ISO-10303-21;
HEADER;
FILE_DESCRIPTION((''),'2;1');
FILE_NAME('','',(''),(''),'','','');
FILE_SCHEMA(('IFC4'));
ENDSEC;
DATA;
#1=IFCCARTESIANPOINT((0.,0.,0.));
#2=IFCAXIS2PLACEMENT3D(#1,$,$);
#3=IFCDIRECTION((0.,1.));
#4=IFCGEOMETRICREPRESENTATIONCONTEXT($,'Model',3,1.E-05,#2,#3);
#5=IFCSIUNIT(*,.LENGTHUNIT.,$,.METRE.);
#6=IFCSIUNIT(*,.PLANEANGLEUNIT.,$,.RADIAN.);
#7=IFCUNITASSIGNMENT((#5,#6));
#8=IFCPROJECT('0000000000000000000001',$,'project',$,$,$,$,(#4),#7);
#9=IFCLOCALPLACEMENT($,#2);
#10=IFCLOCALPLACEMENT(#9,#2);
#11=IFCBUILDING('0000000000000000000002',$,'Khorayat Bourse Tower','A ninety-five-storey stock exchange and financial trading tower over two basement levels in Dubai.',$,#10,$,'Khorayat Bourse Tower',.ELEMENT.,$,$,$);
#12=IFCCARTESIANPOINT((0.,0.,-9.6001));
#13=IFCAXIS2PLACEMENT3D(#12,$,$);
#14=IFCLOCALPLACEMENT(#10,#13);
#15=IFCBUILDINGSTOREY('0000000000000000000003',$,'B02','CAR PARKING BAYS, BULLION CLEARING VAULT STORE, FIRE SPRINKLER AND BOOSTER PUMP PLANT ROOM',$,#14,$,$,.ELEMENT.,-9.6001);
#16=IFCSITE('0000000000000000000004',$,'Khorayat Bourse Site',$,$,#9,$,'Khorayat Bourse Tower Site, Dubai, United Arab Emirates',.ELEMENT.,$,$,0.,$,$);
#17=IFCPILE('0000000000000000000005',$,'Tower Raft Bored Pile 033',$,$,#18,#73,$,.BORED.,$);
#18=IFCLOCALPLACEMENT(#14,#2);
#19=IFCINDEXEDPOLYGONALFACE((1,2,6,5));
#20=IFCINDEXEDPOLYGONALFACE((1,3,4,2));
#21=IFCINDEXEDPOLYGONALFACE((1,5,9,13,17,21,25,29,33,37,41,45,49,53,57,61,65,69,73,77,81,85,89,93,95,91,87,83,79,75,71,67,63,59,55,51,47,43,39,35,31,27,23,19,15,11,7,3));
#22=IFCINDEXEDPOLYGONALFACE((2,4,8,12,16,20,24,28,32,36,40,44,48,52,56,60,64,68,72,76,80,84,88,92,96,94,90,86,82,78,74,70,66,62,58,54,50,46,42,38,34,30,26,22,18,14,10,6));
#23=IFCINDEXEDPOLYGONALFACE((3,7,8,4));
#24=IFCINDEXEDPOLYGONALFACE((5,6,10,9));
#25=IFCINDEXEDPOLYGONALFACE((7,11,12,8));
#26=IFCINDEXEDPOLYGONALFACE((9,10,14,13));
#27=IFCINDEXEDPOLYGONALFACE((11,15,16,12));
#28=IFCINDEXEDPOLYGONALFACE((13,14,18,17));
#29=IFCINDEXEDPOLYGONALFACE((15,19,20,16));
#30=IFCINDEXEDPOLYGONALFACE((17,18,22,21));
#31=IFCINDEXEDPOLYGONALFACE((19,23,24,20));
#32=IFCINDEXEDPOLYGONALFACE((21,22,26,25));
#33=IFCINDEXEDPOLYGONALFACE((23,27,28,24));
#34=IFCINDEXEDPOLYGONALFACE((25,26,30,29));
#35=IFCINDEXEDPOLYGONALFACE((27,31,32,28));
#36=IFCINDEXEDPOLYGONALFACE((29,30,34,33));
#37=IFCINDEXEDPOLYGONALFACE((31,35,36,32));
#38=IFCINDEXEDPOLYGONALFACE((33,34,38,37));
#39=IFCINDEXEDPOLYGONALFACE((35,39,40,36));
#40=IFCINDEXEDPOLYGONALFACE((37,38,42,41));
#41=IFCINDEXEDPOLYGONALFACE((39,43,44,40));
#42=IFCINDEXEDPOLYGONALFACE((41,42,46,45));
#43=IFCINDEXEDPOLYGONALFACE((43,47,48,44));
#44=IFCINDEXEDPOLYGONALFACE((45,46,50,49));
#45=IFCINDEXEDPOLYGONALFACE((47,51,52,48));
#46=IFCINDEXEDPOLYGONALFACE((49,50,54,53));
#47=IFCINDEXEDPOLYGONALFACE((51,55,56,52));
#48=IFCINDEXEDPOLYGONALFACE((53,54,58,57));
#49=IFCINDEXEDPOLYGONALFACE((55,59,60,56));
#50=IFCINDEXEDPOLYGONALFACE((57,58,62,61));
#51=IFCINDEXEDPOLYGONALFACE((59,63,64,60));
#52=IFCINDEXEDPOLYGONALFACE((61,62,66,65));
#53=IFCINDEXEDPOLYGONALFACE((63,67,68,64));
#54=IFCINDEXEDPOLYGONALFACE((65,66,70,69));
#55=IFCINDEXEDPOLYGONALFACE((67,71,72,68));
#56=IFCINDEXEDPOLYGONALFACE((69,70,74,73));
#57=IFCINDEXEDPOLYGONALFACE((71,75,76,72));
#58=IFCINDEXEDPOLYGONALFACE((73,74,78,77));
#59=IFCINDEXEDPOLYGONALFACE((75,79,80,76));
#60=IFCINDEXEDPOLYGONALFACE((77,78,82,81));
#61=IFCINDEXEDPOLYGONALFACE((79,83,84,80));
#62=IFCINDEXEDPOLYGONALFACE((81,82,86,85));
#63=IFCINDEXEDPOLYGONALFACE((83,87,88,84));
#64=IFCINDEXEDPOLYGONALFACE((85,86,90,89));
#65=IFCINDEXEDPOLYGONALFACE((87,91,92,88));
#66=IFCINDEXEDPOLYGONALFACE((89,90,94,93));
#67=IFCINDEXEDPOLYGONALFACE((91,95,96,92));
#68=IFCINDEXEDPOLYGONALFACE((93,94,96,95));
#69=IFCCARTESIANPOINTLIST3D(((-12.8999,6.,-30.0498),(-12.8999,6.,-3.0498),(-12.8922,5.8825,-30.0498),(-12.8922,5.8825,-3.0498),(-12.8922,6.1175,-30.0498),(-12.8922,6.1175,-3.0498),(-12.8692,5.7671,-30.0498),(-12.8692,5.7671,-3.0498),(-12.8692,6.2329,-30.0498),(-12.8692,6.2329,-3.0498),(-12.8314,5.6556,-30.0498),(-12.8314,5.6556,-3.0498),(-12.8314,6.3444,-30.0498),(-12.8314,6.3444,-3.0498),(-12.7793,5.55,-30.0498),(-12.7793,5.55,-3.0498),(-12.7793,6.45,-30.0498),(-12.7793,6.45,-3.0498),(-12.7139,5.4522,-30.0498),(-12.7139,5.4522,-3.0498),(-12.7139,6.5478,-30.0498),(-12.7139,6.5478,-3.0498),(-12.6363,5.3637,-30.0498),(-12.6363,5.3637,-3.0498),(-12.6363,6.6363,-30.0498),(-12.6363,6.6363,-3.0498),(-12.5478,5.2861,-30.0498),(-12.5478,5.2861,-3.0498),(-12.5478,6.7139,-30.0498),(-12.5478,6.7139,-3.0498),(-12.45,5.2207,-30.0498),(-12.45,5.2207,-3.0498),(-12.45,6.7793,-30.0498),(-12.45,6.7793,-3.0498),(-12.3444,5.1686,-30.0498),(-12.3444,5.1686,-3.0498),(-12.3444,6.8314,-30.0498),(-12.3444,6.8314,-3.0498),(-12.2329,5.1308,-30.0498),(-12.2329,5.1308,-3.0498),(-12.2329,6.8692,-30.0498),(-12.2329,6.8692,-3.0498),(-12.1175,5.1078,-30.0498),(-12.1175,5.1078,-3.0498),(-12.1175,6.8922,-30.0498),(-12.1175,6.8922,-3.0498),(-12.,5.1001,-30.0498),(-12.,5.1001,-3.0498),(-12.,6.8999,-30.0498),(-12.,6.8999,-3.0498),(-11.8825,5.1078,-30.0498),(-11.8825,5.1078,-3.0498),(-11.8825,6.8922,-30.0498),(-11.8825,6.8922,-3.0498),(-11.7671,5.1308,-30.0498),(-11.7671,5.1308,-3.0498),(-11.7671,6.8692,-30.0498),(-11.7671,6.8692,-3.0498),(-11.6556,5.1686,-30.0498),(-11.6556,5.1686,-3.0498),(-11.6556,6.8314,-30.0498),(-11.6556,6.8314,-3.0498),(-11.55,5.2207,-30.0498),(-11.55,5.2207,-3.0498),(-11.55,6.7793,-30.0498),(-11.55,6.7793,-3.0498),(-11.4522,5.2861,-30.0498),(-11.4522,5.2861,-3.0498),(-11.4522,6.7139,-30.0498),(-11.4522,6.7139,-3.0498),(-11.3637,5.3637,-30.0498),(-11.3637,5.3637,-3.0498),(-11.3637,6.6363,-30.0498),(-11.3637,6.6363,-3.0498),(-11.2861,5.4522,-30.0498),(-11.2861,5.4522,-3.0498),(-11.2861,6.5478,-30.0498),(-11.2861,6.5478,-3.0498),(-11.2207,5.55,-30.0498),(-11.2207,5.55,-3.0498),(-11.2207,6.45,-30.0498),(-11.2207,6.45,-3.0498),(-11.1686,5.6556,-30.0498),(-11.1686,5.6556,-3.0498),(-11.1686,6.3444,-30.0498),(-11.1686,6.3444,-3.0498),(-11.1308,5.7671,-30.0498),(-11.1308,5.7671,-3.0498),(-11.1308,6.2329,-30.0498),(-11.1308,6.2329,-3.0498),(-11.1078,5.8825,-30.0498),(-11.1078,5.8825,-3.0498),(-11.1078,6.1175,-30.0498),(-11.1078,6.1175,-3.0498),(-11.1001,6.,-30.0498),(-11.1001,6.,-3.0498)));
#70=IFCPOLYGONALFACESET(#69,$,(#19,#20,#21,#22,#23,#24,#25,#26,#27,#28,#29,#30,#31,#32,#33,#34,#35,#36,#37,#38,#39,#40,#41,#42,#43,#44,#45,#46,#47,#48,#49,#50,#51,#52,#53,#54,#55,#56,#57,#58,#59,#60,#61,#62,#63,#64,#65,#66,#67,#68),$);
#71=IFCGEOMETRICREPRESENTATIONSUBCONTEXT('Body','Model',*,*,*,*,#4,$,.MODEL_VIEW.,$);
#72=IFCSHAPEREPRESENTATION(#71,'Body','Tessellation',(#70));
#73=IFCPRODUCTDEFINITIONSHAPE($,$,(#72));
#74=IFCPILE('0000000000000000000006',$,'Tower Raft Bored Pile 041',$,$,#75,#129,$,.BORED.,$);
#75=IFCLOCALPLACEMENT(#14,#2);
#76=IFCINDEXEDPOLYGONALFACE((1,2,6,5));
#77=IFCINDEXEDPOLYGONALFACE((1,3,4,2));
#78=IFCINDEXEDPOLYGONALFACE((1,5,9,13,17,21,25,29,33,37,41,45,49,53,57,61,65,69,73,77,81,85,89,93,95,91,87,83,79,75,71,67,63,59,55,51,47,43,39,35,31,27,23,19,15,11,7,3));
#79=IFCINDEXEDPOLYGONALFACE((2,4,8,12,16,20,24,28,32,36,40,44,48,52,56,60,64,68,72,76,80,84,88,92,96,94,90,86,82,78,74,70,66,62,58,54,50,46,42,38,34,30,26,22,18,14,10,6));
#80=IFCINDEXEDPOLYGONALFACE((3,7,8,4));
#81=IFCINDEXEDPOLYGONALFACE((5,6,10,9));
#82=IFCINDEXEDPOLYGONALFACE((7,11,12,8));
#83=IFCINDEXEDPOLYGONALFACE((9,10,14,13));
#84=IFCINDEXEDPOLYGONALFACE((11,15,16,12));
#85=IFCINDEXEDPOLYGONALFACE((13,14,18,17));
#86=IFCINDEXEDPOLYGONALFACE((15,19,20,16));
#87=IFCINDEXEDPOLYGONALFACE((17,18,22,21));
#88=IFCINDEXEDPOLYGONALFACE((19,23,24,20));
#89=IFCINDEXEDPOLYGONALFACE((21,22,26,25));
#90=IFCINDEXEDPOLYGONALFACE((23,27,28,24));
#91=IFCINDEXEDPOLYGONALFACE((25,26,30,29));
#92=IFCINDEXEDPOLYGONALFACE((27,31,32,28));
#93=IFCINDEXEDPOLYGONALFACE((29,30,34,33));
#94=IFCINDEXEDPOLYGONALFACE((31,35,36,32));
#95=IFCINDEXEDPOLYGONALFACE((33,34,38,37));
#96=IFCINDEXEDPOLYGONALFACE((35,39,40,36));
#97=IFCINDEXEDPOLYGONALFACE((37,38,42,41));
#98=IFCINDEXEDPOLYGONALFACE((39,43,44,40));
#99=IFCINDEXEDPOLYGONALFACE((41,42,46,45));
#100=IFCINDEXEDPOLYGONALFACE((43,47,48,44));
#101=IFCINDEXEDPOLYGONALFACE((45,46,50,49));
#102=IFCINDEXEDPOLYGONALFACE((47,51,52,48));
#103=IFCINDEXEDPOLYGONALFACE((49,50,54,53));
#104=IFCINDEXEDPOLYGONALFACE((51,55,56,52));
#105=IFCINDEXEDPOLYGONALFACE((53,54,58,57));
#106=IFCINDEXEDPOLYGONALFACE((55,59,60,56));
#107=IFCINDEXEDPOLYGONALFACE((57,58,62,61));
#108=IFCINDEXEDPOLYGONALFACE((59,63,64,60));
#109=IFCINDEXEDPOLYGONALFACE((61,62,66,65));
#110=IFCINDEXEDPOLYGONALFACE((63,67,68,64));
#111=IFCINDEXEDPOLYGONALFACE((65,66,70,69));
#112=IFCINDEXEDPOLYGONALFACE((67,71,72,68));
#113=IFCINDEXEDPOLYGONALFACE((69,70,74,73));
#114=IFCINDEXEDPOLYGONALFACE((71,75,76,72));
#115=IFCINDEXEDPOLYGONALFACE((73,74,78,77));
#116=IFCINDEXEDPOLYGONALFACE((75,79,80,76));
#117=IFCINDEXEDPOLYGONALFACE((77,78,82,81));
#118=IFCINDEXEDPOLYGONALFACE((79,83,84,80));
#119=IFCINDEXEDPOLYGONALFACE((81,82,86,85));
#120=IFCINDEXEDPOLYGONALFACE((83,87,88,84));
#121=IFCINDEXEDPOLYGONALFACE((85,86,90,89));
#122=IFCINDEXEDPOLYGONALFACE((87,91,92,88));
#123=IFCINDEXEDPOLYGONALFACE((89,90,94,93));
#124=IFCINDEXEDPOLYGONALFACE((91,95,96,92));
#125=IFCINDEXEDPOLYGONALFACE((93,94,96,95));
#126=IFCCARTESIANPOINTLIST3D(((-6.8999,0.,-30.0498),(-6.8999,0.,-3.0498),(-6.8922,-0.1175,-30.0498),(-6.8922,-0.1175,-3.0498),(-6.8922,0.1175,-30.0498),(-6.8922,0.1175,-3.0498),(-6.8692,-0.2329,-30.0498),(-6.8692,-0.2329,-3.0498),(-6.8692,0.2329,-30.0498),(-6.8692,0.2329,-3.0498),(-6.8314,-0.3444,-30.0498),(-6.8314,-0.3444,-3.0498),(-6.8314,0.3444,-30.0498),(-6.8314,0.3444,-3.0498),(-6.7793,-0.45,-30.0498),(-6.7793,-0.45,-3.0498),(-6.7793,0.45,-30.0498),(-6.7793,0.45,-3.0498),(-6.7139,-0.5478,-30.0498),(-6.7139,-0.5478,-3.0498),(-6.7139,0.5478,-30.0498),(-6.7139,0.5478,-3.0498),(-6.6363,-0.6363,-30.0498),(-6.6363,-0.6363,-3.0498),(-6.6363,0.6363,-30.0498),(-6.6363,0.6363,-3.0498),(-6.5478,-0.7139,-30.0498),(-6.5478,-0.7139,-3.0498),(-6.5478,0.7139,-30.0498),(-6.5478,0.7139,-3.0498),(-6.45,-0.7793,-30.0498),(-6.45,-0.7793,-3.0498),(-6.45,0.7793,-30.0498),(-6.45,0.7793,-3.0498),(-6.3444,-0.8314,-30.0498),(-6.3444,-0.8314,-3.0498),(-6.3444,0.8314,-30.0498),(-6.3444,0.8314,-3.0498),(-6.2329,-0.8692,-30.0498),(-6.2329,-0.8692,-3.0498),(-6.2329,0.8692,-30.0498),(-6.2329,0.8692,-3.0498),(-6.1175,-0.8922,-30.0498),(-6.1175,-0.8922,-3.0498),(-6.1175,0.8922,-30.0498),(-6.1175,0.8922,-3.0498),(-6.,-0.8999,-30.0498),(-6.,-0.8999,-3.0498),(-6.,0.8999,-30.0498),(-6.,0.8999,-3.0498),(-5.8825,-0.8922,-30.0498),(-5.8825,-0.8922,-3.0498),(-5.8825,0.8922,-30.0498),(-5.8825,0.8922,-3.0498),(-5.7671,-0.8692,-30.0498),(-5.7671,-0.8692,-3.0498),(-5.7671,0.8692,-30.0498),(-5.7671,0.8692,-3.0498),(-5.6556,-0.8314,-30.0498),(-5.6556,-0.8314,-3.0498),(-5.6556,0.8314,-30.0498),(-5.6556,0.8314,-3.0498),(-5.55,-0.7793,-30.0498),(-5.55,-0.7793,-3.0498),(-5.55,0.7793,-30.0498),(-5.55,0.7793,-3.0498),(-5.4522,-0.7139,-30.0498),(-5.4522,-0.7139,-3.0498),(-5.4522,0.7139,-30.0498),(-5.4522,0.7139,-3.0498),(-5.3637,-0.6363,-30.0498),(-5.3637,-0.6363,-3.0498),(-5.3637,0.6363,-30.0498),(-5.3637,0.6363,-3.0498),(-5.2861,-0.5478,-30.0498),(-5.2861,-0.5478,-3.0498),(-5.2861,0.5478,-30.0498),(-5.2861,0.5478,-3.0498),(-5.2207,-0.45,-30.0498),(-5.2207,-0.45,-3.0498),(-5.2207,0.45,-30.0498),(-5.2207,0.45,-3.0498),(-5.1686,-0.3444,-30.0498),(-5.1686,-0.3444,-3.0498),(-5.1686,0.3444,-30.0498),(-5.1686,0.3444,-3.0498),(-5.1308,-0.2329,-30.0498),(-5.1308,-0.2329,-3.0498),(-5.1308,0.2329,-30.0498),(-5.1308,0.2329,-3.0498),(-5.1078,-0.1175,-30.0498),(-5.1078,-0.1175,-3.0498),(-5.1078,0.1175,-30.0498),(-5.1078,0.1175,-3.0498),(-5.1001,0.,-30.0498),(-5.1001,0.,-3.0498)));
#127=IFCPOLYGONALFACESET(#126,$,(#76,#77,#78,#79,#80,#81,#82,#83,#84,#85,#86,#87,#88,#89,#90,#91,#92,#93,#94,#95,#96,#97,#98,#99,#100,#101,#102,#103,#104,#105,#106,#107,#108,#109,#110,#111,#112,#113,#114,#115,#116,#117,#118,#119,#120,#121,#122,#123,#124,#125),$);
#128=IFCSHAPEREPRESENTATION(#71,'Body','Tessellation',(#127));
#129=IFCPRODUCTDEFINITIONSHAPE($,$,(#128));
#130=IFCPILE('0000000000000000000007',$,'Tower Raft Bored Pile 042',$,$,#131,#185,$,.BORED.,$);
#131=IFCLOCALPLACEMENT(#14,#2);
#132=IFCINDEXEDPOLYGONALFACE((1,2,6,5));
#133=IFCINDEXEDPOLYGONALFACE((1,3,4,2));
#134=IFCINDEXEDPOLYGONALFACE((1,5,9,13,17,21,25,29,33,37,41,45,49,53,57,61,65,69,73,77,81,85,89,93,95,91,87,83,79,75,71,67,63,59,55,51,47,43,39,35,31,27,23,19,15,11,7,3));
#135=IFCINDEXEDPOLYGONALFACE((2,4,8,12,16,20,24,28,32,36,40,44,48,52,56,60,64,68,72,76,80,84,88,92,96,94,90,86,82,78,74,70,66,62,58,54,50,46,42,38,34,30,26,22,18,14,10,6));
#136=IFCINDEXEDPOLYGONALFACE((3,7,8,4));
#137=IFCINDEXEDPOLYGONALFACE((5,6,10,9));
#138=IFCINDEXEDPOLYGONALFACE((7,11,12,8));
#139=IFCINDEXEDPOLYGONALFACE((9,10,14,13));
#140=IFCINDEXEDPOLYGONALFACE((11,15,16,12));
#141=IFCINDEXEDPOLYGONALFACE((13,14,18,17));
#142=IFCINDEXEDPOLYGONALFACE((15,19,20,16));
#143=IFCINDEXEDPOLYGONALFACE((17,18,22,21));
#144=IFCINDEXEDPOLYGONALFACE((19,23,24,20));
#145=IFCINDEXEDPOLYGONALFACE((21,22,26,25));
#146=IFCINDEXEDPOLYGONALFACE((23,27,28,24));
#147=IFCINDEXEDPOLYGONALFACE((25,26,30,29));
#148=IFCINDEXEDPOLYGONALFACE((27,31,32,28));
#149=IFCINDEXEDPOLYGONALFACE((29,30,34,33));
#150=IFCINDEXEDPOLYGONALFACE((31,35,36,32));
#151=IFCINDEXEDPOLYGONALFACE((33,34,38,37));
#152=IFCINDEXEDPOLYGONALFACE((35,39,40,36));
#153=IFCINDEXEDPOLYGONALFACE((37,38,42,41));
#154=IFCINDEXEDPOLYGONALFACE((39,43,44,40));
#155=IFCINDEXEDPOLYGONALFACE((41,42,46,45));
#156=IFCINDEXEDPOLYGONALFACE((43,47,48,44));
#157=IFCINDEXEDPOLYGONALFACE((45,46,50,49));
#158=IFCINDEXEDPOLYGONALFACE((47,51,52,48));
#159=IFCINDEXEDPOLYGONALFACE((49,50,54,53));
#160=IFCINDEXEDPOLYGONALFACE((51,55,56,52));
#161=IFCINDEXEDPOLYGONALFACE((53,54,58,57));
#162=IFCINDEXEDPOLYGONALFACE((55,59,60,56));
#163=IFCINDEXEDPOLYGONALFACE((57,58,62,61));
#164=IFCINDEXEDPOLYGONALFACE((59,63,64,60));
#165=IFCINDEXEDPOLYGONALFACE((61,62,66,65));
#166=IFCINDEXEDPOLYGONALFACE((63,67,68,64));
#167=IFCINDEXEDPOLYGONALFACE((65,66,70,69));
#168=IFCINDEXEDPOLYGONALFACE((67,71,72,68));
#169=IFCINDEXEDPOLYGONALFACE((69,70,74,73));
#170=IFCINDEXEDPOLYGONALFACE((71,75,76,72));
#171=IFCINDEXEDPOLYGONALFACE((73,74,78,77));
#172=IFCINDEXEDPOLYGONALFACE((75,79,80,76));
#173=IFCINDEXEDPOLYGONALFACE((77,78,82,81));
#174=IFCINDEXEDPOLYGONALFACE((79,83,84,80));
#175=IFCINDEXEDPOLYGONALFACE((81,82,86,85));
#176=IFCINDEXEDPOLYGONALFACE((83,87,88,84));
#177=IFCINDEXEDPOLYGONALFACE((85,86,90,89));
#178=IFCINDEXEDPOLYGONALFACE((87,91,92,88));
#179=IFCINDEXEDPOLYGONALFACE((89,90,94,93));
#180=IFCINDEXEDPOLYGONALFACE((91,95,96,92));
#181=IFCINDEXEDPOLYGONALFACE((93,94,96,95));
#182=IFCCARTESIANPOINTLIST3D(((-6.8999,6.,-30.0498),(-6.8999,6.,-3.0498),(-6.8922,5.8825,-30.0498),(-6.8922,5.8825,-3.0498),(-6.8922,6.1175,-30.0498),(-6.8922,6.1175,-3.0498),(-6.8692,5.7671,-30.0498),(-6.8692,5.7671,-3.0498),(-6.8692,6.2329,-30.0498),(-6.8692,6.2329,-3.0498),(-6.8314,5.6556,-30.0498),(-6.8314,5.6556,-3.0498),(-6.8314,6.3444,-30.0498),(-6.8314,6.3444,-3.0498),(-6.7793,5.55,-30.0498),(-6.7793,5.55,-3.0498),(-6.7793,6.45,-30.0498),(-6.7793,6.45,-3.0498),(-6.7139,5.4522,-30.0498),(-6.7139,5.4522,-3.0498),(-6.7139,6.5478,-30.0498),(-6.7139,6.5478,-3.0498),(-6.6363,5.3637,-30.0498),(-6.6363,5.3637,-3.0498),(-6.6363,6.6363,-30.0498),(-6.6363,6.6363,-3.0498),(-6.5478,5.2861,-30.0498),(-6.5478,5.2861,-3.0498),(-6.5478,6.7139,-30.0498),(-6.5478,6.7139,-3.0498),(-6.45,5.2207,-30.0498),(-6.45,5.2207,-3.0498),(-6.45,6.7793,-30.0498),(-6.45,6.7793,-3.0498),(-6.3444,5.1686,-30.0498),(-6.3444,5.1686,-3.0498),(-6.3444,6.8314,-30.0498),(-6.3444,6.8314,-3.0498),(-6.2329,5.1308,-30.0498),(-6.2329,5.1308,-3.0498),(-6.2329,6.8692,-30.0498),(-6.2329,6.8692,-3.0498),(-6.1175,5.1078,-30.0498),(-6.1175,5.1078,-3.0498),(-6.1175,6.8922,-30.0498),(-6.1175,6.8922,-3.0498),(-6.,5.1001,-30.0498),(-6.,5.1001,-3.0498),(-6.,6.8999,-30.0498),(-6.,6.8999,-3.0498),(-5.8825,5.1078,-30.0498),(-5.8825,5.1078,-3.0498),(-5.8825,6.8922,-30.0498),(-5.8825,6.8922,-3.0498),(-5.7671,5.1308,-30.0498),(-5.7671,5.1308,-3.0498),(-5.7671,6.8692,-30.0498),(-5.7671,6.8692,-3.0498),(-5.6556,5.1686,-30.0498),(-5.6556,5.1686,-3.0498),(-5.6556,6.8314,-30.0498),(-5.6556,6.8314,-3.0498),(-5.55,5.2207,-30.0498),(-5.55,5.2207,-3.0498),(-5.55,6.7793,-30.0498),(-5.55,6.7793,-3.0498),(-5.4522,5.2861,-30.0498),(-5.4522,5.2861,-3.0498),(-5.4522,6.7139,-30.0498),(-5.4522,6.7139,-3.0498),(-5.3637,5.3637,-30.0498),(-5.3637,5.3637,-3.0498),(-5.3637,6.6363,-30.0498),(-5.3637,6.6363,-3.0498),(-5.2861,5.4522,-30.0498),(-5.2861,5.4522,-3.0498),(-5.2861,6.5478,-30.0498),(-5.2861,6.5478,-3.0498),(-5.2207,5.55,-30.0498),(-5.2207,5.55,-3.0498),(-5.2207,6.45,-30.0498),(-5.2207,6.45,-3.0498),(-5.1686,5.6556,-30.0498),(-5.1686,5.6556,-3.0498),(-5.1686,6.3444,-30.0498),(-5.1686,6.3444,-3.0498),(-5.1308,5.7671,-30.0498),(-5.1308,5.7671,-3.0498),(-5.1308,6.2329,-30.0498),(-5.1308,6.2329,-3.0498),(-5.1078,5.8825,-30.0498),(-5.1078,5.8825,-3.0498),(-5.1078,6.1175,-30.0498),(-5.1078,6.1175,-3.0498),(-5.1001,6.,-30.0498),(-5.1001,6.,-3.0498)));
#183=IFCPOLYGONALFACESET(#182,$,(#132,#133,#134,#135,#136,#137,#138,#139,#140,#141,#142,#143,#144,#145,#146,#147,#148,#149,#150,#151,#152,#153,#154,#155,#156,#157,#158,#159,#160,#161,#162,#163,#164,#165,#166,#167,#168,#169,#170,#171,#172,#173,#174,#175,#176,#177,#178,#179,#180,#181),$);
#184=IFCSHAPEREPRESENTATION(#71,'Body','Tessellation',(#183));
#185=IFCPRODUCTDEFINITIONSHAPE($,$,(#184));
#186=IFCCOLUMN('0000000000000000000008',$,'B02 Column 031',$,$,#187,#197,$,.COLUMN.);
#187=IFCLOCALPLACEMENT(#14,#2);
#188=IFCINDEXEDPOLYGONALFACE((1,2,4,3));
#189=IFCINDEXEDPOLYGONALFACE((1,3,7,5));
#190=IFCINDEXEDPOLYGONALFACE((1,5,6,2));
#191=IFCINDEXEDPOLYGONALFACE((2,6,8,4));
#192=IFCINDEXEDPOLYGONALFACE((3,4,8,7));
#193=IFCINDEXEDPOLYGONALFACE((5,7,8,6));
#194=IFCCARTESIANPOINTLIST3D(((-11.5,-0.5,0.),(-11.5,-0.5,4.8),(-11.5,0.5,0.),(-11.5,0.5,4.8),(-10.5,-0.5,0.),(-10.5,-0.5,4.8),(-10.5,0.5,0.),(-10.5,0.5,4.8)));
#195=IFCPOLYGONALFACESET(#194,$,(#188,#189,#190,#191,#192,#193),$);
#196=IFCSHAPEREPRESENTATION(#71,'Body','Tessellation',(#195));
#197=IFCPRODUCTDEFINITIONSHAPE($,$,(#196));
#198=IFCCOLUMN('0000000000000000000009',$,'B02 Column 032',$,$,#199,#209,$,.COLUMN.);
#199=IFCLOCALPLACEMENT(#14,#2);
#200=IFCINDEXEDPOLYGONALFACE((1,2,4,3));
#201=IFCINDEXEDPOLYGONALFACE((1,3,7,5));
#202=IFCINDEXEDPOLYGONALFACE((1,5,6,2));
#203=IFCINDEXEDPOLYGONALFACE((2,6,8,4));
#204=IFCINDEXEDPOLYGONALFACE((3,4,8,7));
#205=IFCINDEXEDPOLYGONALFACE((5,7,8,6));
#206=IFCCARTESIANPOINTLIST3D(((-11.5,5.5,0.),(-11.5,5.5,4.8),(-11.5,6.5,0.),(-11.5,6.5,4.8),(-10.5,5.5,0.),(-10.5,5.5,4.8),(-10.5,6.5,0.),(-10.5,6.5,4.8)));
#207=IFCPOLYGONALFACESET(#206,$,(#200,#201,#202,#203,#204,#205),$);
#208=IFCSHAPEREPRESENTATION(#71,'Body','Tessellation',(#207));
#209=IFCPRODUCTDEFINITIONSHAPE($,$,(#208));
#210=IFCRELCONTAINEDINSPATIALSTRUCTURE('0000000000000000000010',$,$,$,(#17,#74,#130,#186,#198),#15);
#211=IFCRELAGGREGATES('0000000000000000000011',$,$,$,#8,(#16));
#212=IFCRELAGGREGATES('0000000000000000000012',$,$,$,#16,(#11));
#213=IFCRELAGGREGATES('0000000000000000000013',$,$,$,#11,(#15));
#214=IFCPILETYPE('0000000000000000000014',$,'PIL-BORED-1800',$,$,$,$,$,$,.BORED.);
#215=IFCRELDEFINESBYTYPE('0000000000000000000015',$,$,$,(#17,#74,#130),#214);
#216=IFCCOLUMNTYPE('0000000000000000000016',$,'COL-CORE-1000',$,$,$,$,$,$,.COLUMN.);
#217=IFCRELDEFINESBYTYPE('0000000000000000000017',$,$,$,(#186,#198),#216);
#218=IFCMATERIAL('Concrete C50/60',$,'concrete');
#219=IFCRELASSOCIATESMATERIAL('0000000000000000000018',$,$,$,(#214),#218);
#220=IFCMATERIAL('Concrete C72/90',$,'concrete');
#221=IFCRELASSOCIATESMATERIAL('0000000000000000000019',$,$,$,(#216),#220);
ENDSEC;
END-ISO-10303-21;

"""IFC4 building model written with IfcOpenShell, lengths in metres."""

from ifc_helpers import new_model, si_unit, direction, frame, origin, origin_2d, place, context, subcontext, project, spatial, rectangle, circle, extrude, source, transform, mapped, material, material_profile, profile_set, type_object, element, save


model = new_model("IFC4")

# Units and contexts
model_context = context("Model", 3, precision=1e-05, world=origin(), true_north=direction((0.0, 1.0)))
body_context = subcontext(model_context, "Body", "Model", "MODEL_VIEW")
ifc_project = project(units=[si_unit("LENGTHUNIT", "METRE"), si_unit("PLANEANGLEUNIT", "RADIAN")], contexts=[model_context])

# Site, building, storey
site_placement = place(None, origin())
site = spatial("IfcSite", under=ifc_project, at=site_placement, Name="Khorayat Bourse Site", LongName="Khorayat Bourse Tower Site, Dubai, United Arab Emirates", CompositionType="ELEMENT", RefElevation=0.0)
building_placement = place(site_placement, origin())
building = spatial("IfcBuilding", under=site, at=building_placement, Name="Khorayat Bourse Tower", Description="A ninety-five-storey stock exchange and financial trading tower over two basement levels in Dubai.", LongName="Khorayat Bourse Tower", CompositionType="ELEMENT")
storey_placement = place(building_placement, frame((0.0, 0.0, -9.6001)))
storey = spatial("IfcBuildingStorey", under=building, at=storey_placement, Name="B02", Description="CAR PARKING BAYS, BULLION CLEARING VAULT STORE, FIRE SPRINKLER AND BOOSTER PUMP PLANT ROOM", CompositionType="ELEMENT", Elevation=-9.6001)

# Piles
ifc_material_1 = material(Name="Concrete C50/60", Category="concrete")
ifc_material_profile_1 = material_profile(ifc_material_1, circle(Radius=0.8999, at=origin_2d()), Name="BORED PILE D1800")
ifc_profile_set_1 = profile_set([ifc_material_profile_1], Name="Concrete C50/60")
pile_type = type_object("IfcPileType", Name="PIL-BORED-1800", PredefinedType="BORED", material=ifc_profile_set_1)
shared_shape_1 = source(origin(), body_context, "Body", "SweptSolid", [
    extrude(circle(Radius=0.8999, at=origin_2d()), origin(), (0.0, 0.0, 1.0), 27.0),
])
for number, where, z_axis, x_axis, name in (
    (1, (-12.0, 6.0, -3.0498), (0.0, 0.0, -1.0), (1.0, 0.0, 0.0), "Tower Raft Bored Pile 033"),
    (2, (-6.0, 0.0, -3.0498), (0.0, 0.0, -1.0), (1.0, 0.0, 0.0), "Tower Raft Bored Pile 041"),
    (3, (-6.0, 6.0, -3.0498), (0.0, 0.0, -1.0), (1.0, 0.0, 0.0), "Tower Raft Bored Pile 042"),
):
    element("IfcPile", number, at=place(storey_placement, frame(where, z_axis=z_axis, x_axis=x_axis)), inside=storey, type_object=pile_type, Name=name, PredefinedType="BORED", context=body_context, shape_type="MappedRepresentation", body=[
        mapped(shared_shape_1, transform((0.0, 0.0, 0.0), scale=1.0)),
    ])

# Columns
ifc_material_2 = material(Name="Concrete C72/90", Category="concrete")
ifc_material_profile_2 = material_profile(ifc_material_2, rectangle(XDim=1.0, YDim=1.0, at=origin_2d()), Name="RC 1000x1000")
ifc_profile_set_2 = profile_set([ifc_material_profile_2], Name="Concrete C72/90")
column_type = type_object("IfcColumnType", Name="COL-CORE-1000", PredefinedType="COLUMN", material=ifc_profile_set_2)
shared_shape_2 = source(origin(), body_context, "Body", "SweptSolid", [
    extrude(rectangle(XDim=1.0, YDim=1.0, at=origin_2d()), origin(), (0.0, 0.0, 1.0), 4.8),
])
for number, where, z_axis, x_axis, name in (
    (4, (-11.0, 0.0, 0.0), (0.0, 0.0, 1.0), (1.0, 0.0, 0.0), "B02 Column 031"),
    (5, (-11.0, 6.0, 0.0), (0.0, 0.0, 1.0), (1.0, 0.0, 0.0), "B02 Column 032"),
):
    element("IfcColumn", number, at=place(storey_placement, frame(where, z_axis=z_axis, x_axis=x_axis)), inside=storey, type_object=column_type, Name=name, PredefinedType="COLUMN", context=body_context, shape_type="MappedRepresentation", body=[
        mapped(shared_shape_2, transform((0.0, 0.0, 0.0), scale=1.0)),
    ])

save(model, "model.ifc")
